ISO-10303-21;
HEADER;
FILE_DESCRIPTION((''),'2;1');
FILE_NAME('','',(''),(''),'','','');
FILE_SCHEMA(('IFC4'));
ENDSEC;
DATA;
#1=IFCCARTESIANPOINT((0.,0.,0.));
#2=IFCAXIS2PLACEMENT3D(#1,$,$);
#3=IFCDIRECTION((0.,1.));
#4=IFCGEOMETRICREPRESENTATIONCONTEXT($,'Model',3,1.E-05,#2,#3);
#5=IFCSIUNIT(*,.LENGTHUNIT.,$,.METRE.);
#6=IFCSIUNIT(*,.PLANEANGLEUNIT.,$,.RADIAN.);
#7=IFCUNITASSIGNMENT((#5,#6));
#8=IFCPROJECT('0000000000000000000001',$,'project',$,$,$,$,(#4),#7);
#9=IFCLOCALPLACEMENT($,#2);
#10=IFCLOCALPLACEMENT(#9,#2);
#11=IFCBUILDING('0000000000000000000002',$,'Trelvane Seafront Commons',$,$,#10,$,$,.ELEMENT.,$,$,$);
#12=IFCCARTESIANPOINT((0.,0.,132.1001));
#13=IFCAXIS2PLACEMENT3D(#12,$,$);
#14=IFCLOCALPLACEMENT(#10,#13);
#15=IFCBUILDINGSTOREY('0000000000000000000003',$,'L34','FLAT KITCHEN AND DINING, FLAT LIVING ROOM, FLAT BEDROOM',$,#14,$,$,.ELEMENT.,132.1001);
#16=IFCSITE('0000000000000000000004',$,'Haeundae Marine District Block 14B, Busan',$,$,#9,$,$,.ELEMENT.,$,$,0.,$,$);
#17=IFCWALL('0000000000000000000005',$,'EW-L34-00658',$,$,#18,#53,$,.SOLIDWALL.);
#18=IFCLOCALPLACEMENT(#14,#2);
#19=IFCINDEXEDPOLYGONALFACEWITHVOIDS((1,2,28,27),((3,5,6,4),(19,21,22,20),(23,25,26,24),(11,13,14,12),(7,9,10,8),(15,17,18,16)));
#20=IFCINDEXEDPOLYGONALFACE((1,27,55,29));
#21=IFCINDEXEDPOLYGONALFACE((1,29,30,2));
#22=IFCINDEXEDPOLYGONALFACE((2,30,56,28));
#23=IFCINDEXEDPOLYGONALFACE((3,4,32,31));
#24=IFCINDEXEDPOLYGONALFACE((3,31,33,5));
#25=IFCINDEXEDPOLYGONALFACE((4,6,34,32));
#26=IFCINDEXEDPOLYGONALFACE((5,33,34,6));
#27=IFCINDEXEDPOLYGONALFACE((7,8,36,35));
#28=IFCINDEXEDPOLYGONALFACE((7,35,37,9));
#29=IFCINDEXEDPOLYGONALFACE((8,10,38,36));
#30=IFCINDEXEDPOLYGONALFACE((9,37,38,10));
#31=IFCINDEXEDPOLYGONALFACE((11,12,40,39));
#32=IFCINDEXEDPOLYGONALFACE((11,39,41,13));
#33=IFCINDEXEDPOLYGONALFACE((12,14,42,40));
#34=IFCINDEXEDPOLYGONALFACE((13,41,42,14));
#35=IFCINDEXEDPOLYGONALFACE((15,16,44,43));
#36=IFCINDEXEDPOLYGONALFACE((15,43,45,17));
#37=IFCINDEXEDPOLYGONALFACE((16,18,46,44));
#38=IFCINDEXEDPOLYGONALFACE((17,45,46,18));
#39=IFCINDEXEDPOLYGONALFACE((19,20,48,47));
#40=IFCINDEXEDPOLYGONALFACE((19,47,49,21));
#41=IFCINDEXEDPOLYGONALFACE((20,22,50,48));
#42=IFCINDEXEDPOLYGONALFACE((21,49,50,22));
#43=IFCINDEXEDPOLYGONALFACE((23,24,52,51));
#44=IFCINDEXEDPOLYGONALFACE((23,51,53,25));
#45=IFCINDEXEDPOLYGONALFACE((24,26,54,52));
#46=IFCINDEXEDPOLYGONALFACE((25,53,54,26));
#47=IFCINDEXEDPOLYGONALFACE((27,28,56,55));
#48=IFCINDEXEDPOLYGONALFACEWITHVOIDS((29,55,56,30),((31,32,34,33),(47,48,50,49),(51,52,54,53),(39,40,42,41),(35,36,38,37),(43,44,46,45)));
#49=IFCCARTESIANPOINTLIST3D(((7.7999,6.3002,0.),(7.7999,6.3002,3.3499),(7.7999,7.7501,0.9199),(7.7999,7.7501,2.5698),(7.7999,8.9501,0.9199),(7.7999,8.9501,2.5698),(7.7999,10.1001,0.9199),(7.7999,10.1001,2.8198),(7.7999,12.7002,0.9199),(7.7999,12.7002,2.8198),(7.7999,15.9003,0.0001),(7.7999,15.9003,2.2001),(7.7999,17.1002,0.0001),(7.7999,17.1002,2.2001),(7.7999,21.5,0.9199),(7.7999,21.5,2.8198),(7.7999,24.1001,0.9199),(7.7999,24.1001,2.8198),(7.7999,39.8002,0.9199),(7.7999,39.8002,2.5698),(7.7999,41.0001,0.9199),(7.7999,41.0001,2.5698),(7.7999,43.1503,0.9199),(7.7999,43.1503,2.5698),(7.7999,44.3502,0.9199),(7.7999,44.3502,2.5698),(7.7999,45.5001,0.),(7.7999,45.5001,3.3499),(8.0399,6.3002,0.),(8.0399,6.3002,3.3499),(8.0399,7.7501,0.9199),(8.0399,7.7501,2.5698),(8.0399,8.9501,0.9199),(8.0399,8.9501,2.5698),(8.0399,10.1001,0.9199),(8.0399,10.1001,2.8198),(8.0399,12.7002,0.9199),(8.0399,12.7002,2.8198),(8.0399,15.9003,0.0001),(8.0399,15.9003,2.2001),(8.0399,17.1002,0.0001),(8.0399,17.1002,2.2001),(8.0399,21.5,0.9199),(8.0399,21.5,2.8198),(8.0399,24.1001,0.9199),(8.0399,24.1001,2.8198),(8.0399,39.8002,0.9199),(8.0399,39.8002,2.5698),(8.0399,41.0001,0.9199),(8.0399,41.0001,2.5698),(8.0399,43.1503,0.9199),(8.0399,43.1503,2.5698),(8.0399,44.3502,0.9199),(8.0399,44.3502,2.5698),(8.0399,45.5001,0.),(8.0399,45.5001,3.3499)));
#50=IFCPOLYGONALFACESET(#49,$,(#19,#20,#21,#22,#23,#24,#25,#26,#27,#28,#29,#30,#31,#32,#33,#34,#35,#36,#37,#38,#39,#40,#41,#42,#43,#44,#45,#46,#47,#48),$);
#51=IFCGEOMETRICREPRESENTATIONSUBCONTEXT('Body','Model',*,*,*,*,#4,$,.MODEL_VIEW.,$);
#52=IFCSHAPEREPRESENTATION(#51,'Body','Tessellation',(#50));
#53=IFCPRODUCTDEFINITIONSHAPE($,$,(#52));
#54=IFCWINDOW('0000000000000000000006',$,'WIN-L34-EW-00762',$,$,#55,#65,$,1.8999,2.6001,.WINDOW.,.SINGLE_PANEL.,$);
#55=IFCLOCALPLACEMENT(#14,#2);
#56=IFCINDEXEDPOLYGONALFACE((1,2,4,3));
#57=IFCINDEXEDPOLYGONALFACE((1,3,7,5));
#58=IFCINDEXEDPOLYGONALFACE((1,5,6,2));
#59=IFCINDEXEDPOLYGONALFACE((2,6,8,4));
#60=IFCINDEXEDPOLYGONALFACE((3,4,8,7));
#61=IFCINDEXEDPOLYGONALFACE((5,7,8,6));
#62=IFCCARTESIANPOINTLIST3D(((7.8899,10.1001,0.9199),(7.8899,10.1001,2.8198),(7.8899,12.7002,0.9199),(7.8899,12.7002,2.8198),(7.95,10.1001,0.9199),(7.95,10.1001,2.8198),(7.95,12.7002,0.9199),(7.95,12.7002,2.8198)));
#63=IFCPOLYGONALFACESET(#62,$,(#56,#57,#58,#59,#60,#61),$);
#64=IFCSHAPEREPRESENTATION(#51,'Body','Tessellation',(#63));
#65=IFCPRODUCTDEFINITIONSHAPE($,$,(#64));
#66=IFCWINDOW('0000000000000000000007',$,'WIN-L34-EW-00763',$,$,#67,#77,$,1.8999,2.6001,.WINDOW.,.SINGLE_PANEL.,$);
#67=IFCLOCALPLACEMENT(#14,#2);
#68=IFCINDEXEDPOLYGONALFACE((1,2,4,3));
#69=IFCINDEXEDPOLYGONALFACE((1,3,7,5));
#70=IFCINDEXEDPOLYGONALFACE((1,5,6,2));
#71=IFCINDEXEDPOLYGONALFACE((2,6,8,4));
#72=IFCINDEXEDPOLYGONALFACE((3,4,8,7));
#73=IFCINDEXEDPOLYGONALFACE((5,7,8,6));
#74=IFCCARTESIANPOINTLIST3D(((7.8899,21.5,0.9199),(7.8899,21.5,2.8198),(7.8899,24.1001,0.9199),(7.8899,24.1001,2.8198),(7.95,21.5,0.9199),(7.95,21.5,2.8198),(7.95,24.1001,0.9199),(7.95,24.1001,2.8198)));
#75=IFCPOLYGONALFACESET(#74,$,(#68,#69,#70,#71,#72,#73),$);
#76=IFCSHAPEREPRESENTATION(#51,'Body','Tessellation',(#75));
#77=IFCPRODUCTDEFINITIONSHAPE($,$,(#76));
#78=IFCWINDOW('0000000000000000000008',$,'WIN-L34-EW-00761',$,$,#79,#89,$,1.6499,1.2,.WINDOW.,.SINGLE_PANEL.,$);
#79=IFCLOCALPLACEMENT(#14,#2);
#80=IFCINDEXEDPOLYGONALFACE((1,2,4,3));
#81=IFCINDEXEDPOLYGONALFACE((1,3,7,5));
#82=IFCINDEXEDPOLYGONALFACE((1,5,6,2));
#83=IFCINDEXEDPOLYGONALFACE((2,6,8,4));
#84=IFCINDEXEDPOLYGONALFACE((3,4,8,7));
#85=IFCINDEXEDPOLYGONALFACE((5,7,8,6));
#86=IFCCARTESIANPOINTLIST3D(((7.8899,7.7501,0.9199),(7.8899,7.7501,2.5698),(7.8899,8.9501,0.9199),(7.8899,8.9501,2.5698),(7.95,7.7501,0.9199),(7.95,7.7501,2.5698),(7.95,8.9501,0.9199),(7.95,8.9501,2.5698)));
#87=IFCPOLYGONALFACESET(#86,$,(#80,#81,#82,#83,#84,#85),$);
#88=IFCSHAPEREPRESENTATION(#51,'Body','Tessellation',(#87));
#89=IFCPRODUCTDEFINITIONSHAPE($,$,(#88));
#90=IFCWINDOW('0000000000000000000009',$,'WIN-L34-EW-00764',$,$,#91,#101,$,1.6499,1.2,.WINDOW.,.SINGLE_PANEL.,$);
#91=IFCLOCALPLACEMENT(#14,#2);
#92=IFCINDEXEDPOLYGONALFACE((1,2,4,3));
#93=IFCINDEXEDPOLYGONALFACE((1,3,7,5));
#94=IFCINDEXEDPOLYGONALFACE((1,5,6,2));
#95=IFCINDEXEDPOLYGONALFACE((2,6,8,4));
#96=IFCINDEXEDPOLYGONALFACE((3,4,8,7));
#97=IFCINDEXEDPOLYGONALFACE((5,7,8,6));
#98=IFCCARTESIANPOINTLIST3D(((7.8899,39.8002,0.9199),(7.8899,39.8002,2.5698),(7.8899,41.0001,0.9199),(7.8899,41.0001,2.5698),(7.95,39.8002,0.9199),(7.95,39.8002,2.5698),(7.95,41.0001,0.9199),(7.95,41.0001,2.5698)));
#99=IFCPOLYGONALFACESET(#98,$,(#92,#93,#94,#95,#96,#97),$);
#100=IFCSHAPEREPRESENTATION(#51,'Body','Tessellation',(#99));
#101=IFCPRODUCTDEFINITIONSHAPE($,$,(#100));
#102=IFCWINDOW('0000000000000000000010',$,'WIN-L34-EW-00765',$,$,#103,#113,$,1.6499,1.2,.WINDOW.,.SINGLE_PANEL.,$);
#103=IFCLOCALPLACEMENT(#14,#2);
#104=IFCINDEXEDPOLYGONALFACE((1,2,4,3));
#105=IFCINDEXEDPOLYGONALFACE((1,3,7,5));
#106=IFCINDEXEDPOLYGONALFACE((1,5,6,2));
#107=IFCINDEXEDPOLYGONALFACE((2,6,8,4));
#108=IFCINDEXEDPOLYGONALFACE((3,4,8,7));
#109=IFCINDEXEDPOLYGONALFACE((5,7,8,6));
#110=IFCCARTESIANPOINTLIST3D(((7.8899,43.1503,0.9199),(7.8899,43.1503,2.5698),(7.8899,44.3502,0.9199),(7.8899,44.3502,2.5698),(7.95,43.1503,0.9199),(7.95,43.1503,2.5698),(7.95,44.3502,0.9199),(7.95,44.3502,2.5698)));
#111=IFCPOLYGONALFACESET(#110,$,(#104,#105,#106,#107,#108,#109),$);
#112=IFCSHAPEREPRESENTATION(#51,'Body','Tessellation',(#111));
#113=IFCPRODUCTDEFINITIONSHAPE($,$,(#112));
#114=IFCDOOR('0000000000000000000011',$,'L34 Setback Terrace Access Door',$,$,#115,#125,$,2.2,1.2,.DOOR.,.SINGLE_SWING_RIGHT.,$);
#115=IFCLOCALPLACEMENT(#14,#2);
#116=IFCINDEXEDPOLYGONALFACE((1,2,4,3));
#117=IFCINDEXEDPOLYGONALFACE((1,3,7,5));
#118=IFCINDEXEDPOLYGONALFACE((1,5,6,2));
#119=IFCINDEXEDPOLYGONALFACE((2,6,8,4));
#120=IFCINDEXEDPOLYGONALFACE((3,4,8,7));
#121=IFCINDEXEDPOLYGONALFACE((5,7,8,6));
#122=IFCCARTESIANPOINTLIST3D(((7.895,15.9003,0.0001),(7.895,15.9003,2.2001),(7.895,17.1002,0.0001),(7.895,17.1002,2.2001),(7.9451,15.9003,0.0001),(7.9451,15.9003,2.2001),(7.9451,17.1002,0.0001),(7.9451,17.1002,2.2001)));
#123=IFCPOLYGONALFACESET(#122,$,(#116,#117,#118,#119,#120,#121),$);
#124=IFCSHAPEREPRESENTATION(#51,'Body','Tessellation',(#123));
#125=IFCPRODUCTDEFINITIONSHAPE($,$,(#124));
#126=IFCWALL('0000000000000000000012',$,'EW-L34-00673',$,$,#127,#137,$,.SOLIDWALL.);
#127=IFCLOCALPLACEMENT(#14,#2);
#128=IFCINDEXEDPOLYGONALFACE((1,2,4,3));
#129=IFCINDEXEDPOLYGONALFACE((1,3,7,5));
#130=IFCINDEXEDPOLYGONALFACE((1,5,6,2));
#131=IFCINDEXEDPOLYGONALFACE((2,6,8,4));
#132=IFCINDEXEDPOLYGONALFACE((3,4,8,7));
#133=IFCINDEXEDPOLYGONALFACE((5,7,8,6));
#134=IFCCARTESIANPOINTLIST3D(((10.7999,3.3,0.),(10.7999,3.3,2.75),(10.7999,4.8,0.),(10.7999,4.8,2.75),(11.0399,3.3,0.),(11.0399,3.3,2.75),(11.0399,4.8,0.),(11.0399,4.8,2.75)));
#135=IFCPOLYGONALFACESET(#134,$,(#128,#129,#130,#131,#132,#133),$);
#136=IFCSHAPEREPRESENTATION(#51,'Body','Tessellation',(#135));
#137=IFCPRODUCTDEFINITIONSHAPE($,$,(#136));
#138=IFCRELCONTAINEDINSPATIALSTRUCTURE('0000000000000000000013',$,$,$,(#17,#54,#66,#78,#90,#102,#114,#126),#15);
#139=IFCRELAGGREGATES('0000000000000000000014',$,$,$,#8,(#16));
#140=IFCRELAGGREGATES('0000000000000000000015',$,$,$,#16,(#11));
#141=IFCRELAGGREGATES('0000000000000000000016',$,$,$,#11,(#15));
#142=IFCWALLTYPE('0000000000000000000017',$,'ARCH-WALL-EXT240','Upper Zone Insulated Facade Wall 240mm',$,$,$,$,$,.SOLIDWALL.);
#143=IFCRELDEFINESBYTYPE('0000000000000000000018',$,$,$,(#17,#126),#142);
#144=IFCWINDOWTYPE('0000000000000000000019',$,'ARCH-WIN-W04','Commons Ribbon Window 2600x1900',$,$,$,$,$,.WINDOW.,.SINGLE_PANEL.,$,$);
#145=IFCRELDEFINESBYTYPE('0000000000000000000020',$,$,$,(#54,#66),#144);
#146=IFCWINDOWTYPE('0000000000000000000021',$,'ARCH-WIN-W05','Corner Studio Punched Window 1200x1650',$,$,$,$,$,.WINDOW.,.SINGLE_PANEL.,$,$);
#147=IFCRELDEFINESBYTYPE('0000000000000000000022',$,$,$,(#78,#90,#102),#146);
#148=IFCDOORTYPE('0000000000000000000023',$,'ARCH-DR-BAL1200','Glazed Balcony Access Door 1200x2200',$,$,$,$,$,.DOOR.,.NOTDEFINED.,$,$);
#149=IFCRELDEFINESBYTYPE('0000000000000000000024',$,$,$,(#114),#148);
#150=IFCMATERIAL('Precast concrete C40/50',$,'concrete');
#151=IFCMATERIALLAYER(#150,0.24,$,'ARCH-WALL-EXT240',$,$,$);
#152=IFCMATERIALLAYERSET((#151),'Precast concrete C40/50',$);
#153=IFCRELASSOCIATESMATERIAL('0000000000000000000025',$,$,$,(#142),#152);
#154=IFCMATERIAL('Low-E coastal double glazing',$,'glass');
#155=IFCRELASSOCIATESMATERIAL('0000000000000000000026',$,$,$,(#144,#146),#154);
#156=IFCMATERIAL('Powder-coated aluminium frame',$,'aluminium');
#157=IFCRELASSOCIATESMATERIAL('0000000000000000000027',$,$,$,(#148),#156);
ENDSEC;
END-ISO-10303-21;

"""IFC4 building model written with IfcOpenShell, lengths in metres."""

from ifc_helpers import new_model, si_unit, direction, frame, frame_2d, origin, place, context, subcontext, project, spatial, rectangle, extrude, source, transform, mapped, material, layer, layer_set, type_object, element, fill, save


model = new_model("IFC4")

# Units and contexts
model_context = context("Model", 3, precision=1e-05, world=origin(), true_north=direction((0.0, 1.0)))
body_context = subcontext(model_context, "Body", "Model", "MODEL_VIEW")
ifc_project = project(units=[si_unit("LENGTHUNIT", "METRE"), si_unit("PLANEANGLEUNIT", "RADIAN")], contexts=[model_context])

# Site, building, storey
site_placement = place(None, origin())
site = spatial("IfcSite", under=ifc_project, at=site_placement, Name="Haeundae Marine District Block 14B, Busan", CompositionType="ELEMENT", RefElevation=0.0)
building_placement = place(site_placement, origin())
building = spatial("IfcBuilding", under=site, at=building_placement, Name="Trelvane Seafront Commons", CompositionType="ELEMENT")
storey_placement = place(building_placement, frame((0.0, 0.0, 132.1001)))
storey = spatial("IfcBuildingStorey", under=building, at=storey_placement, Name="L34", Description="FLAT KITCHEN AND DINING, FLAT LIVING ROOM, FLAT BEDROOM", CompositionType="ELEMENT", Elevation=132.1001)

# Shared definitions
ifc_material_1 = material(Name="Precast concrete C40/50", Category="concrete")
ifc_layer_1 = layer(ifc_material_1, 0.24, Name="ARCH-WALL-EXT240")
ifc_layer_set_1 = layer_set([ifc_layer_1], Name="Precast concrete C40/50")
wall_type_1 = type_object("IfcWallType", Name="ARCH-WALL-EXT240", Description="Upper Zone Insulated Facade Wall 240mm", PredefinedType="SOLIDWALL", material=ifc_layer_set_1)

# Wall, openings, windows, door
wall_1_placement = place(storey_placement, frame((7.9199, 6.3, 0.0), z_axis=(0.0, 0.0, 1.0), x_axis=(0.0, 1.0, 0.0)))
wall_1 = element("IfcWall", 1, at=wall_1_placement, inside=storey, type_object=wall_type_1, Name="EW-L34-00658", PredefinedType="SOLIDWALL", context=body_context, shape_type="SweptSolid", body=[
    extrude(rectangle(XDim=39.2, YDim=0.24, at=frame_2d((19.6001, 0.0))), origin(), (0.0, 0.0, 1.0), 3.3499),
])
opening_1_placement = place(wall_1_placement, frame((9.6001, 0.0, 0.0)))
opening_1 = element("IfcOpeningElement", 2, at=opening_1_placement, cuts=wall_1, PredefinedType="OPENING", context=body_context, shape_type="SweptSolid", body=[
    extrude(rectangle(XDim=1.2, YDim=2.2, at=frame_2d((0.6001, 1.1001))), frame((0.0, 0.1299, 0.0), z_axis=(0.0, -1.0, 0.0), x_axis=(1.0, 0.0, 0.0)), (0.0, 0.0, 1.0), 0.26),
])
opening_2_placement = place(wall_1_placement, frame((1.45, 0.0, 0.9199)))
opening_2 = element("IfcOpeningElement", 3, at=opening_2_placement, cuts=wall_1, PredefinedType="OPENING", context=body_context, shape_type="SweptSolid", body=[
    extrude(rectangle(XDim=1.2, YDim=1.6499, at=frame_2d((0.6001, 0.825))), frame((0.0, 0.1299, 0.0), z_axis=(0.0, -1.0, 0.0), x_axis=(1.0, 0.0, 0.0)), (0.0, 0.0, 1.0), 0.26),
])
opening_3_placement = place(wall_1_placement, frame((3.8, 0.0, 0.9199)))
opening_3 = element("IfcOpeningElement", 4, at=opening_3_placement, cuts=wall_1, PredefinedType="OPENING", context=body_context, shape_type="SweptSolid", body=[
    extrude(rectangle(XDim=2.6001, YDim=1.8999, at=frame_2d((1.3, 0.95))), frame((0.0, 0.1299, 0.0), z_axis=(0.0, -1.0, 0.0), x_axis=(1.0, 0.0, 0.0)), (0.0, 0.0, 1.0), 0.26),
])
opening_4_placement = place(wall_1_placement, frame((15.2, 0.0, 0.9199)))
opening_4 = element("IfcOpeningElement", 5, at=opening_4_placement, cuts=wall_1, PredefinedType="OPENING", context=body_context, shape_type="SweptSolid", body=[
    extrude(rectangle(XDim=2.6001, YDim=1.8999, at=frame_2d((1.3, 0.95))), frame((0.0, 0.1299, 0.0), z_axis=(0.0, -1.0, 0.0), x_axis=(1.0, 0.0, 0.0)), (0.0, 0.0, 1.0), 0.26),
])
opening_5_placement = place(wall_1_placement, frame((33.5, 0.0, 0.9199)))
opening_5 = element("IfcOpeningElement", 6, at=opening_5_placement, cuts=wall_1, PredefinedType="OPENING", context=body_context, shape_type="SweptSolid", body=[
    extrude(rectangle(XDim=1.2, YDim=1.6499, at=frame_2d((0.6001, 0.825))), frame((0.0, 0.1299, 0.0), z_axis=(0.0, -1.0, 0.0), x_axis=(1.0, 0.0, 0.0)), (0.0, 0.0, 1.0), 0.26),
])
opening_6_placement = place(wall_1_placement, frame((36.8501, 0.0, 0.9199)))
opening_6 = element("IfcOpeningElement", 7, at=opening_6_placement, cuts=wall_1, PredefinedType="OPENING", context=body_context, shape_type="SweptSolid", body=[
    extrude(rectangle(XDim=1.2, YDim=1.6499, at=frame_2d((0.6001, 0.825))), frame((0.0, 0.1299, 0.0), z_axis=(0.0, -1.0, 0.0), x_axis=(1.0, 0.0, 0.0)), (0.0, 0.0, 1.0), 0.26),
])
ifc_material_2 = material(Name="Low-E coastal double glazing", Category="glass")
window_type_1 = type_object("IfcWindowType", Name="ARCH-WIN-W04", Description="Commons Ribbon Window 2600x1900", PartitioningType="SINGLE_PANEL", PredefinedType="WINDOW", material=ifc_material_2)
shared_shape_1 = source(origin(), body_context, "Body", "SweptSolid", [
    extrude(rectangle(XDim=2.6001, YDim=1.8999, at=frame_2d((1.3, 0.95))), frame((0.0, 0.03, 0.0), z_axis=(0.0, -1.0, 0.0), x_axis=(1.0, 0.0, 0.0)), (0.0, 0.0, 1.0), 0.0601),
])
window_1_placement = place(opening_3_placement, origin())
window_1 = element("IfcWindow", 8, at=window_1_placement, inside=storey, type_object=window_type_1, Name="WIN-L34-EW-00762", OverallHeight=1.8999, OverallWidth=2.6001, PartitioningType="SINGLE_PANEL", PredefinedType="WINDOW", context=body_context, shape_type="MappedRepresentation", body=[
    mapped(shared_shape_1, transform((0.0, 0.0, 0.0), x_axis=(1.0, 0.0, 0.0), y_axis=(0.0, 1.0, 0.0), z_axis=(0.0, 0.0, 1.0), scale=1.0)),
])
fill(opening_3, window_1)
window_2_placement = place(opening_4_placement, origin())
window_2 = element("IfcWindow", 9, at=window_2_placement, inside=storey, type_object=window_type_1, Name="WIN-L34-EW-00763", OverallHeight=1.8999, OverallWidth=2.6001, PartitioningType="SINGLE_PANEL", PredefinedType="WINDOW", context=body_context, shape_type="MappedRepresentation", body=[
    mapped(shared_shape_1, transform((0.0, 0.0, 0.0), x_axis=(1.0, 0.0, 0.0), y_axis=(0.0, 1.0, 0.0), z_axis=(0.0, 0.0, 1.0), scale=1.0)),
])
fill(opening_4, window_2)
window_type_2 = type_object("IfcWindowType", Name="ARCH-WIN-W05", Description="Corner Studio Punched Window 1200x1650", PartitioningType="SINGLE_PANEL", PredefinedType="WINDOW", material=ifc_material_2)
shared_shape_2 = source(origin(), body_context, "Body", "SweptSolid", [
    extrude(rectangle(XDim=1.2, YDim=1.6499, at=frame_2d((0.6001, 0.825))), frame((0.0, 0.03, 0.0), z_axis=(0.0, -1.0, 0.0), x_axis=(1.0, 0.0, 0.0)), (0.0, 0.0, 1.0), 0.0601),
])
window_3_placement = place(opening_2_placement, origin())
window_3 = element("IfcWindow", 10, at=window_3_placement, inside=storey, type_object=window_type_2, Name="WIN-L34-EW-00761", OverallHeight=1.6499, OverallWidth=1.2, PartitioningType="SINGLE_PANEL", PredefinedType="WINDOW", context=body_context, shape_type="MappedRepresentation", body=[
    mapped(shared_shape_2, transform((0.0, 0.0, 0.0), x_axis=(1.0, 0.0, 0.0), y_axis=(0.0, 1.0, 0.0), z_axis=(0.0, 0.0, 1.0), scale=1.0)),
])
fill(opening_2, window_3)
window_4_placement = place(opening_5_placement, origin())
window_4 = element("IfcWindow", 11, at=window_4_placement, inside=storey, type_object=window_type_2, Name="WIN-L34-EW-00764", OverallHeight=1.6499, OverallWidth=1.2, PartitioningType="SINGLE_PANEL", PredefinedType="WINDOW", context=body_context, shape_type="MappedRepresentation", body=[
    mapped(shared_shape_2, transform((0.0, 0.0, 0.0), x_axis=(1.0, 0.0, 0.0), y_axis=(0.0, 1.0, 0.0), z_axis=(0.0, 0.0, 1.0), scale=1.0)),
])
fill(opening_5, window_4)
window_5_placement = place(opening_6_placement, origin())
window_5 = element("IfcWindow", 12, at=window_5_placement, inside=storey, type_object=window_type_2, Name="WIN-L34-EW-00765", OverallHeight=1.6499, OverallWidth=1.2, PartitioningType="SINGLE_PANEL", PredefinedType="WINDOW", context=body_context, shape_type="MappedRepresentation", body=[
    mapped(shared_shape_2, transform((0.0, 0.0, 0.0), x_axis=(1.0, 0.0, 0.0), y_axis=(0.0, 1.0, 0.0), z_axis=(0.0, 0.0, 1.0), scale=1.0)),
])
fill(opening_6, window_5)
ifc_material_3 = material(Name="Powder-coated aluminium frame", Category="aluminium")
door_type_1 = type_object("IfcDoorType", Name="ARCH-DR-BAL1200", Description="Glazed Balcony Access Door 1200x2200", OperationType="NOTDEFINED", PredefinedType="DOOR", material=ifc_material_3)
shared_shape_3 = source(origin(), body_context, "Body", "SweptSolid", [
    extrude(rectangle(XDim=1.2, YDim=2.2, at=frame_2d((0.6001, 1.1001))), frame((0.0, 0.0249, 0.0), z_axis=(0.0, -1.0, 0.0), x_axis=(1.0, 0.0, 0.0)), (0.0, 0.0, 1.0), 0.05),
])
door_1_placement = place(opening_1_placement, origin())
door_1 = element("IfcDoor", 13, at=door_1_placement, inside=storey, type_object=door_type_1, Name="L34 Setback Terrace Access Door", OperationType="SINGLE_SWING_RIGHT", OverallHeight=2.2, OverallWidth=1.2, PredefinedType="DOOR", context=body_context, shape_type="MappedRepresentation", body=[
    mapped(shared_shape_3, transform((0.0, 0.0, 0.0), x_axis=(1.0, 0.0, 0.0), y_axis=(0.0, 1.0, 0.0), z_axis=(0.0, 0.0, 1.0), scale=1.0)),
])
fill(opening_1, door_1)

# Wall
wall_2_placement = place(storey_placement, frame((10.9199, 3.3, 0.0), z_axis=(0.0, 0.0, 1.0), x_axis=(0.0, 1.0, 0.0)))
element("IfcWall", 14, at=wall_2_placement, inside=storey, type_object=wall_type_1, Name="EW-L34-00673", PredefinedType="SOLIDWALL", context=body_context, shape_type="SweptSolid", body=[
    extrude(rectangle(XDim=1.5, YDim=0.24, at=frame_2d((0.75, 0.0))), origin(), (0.0, 0.0, 1.0), 2.75),
])

save(model, "model.ifc")
